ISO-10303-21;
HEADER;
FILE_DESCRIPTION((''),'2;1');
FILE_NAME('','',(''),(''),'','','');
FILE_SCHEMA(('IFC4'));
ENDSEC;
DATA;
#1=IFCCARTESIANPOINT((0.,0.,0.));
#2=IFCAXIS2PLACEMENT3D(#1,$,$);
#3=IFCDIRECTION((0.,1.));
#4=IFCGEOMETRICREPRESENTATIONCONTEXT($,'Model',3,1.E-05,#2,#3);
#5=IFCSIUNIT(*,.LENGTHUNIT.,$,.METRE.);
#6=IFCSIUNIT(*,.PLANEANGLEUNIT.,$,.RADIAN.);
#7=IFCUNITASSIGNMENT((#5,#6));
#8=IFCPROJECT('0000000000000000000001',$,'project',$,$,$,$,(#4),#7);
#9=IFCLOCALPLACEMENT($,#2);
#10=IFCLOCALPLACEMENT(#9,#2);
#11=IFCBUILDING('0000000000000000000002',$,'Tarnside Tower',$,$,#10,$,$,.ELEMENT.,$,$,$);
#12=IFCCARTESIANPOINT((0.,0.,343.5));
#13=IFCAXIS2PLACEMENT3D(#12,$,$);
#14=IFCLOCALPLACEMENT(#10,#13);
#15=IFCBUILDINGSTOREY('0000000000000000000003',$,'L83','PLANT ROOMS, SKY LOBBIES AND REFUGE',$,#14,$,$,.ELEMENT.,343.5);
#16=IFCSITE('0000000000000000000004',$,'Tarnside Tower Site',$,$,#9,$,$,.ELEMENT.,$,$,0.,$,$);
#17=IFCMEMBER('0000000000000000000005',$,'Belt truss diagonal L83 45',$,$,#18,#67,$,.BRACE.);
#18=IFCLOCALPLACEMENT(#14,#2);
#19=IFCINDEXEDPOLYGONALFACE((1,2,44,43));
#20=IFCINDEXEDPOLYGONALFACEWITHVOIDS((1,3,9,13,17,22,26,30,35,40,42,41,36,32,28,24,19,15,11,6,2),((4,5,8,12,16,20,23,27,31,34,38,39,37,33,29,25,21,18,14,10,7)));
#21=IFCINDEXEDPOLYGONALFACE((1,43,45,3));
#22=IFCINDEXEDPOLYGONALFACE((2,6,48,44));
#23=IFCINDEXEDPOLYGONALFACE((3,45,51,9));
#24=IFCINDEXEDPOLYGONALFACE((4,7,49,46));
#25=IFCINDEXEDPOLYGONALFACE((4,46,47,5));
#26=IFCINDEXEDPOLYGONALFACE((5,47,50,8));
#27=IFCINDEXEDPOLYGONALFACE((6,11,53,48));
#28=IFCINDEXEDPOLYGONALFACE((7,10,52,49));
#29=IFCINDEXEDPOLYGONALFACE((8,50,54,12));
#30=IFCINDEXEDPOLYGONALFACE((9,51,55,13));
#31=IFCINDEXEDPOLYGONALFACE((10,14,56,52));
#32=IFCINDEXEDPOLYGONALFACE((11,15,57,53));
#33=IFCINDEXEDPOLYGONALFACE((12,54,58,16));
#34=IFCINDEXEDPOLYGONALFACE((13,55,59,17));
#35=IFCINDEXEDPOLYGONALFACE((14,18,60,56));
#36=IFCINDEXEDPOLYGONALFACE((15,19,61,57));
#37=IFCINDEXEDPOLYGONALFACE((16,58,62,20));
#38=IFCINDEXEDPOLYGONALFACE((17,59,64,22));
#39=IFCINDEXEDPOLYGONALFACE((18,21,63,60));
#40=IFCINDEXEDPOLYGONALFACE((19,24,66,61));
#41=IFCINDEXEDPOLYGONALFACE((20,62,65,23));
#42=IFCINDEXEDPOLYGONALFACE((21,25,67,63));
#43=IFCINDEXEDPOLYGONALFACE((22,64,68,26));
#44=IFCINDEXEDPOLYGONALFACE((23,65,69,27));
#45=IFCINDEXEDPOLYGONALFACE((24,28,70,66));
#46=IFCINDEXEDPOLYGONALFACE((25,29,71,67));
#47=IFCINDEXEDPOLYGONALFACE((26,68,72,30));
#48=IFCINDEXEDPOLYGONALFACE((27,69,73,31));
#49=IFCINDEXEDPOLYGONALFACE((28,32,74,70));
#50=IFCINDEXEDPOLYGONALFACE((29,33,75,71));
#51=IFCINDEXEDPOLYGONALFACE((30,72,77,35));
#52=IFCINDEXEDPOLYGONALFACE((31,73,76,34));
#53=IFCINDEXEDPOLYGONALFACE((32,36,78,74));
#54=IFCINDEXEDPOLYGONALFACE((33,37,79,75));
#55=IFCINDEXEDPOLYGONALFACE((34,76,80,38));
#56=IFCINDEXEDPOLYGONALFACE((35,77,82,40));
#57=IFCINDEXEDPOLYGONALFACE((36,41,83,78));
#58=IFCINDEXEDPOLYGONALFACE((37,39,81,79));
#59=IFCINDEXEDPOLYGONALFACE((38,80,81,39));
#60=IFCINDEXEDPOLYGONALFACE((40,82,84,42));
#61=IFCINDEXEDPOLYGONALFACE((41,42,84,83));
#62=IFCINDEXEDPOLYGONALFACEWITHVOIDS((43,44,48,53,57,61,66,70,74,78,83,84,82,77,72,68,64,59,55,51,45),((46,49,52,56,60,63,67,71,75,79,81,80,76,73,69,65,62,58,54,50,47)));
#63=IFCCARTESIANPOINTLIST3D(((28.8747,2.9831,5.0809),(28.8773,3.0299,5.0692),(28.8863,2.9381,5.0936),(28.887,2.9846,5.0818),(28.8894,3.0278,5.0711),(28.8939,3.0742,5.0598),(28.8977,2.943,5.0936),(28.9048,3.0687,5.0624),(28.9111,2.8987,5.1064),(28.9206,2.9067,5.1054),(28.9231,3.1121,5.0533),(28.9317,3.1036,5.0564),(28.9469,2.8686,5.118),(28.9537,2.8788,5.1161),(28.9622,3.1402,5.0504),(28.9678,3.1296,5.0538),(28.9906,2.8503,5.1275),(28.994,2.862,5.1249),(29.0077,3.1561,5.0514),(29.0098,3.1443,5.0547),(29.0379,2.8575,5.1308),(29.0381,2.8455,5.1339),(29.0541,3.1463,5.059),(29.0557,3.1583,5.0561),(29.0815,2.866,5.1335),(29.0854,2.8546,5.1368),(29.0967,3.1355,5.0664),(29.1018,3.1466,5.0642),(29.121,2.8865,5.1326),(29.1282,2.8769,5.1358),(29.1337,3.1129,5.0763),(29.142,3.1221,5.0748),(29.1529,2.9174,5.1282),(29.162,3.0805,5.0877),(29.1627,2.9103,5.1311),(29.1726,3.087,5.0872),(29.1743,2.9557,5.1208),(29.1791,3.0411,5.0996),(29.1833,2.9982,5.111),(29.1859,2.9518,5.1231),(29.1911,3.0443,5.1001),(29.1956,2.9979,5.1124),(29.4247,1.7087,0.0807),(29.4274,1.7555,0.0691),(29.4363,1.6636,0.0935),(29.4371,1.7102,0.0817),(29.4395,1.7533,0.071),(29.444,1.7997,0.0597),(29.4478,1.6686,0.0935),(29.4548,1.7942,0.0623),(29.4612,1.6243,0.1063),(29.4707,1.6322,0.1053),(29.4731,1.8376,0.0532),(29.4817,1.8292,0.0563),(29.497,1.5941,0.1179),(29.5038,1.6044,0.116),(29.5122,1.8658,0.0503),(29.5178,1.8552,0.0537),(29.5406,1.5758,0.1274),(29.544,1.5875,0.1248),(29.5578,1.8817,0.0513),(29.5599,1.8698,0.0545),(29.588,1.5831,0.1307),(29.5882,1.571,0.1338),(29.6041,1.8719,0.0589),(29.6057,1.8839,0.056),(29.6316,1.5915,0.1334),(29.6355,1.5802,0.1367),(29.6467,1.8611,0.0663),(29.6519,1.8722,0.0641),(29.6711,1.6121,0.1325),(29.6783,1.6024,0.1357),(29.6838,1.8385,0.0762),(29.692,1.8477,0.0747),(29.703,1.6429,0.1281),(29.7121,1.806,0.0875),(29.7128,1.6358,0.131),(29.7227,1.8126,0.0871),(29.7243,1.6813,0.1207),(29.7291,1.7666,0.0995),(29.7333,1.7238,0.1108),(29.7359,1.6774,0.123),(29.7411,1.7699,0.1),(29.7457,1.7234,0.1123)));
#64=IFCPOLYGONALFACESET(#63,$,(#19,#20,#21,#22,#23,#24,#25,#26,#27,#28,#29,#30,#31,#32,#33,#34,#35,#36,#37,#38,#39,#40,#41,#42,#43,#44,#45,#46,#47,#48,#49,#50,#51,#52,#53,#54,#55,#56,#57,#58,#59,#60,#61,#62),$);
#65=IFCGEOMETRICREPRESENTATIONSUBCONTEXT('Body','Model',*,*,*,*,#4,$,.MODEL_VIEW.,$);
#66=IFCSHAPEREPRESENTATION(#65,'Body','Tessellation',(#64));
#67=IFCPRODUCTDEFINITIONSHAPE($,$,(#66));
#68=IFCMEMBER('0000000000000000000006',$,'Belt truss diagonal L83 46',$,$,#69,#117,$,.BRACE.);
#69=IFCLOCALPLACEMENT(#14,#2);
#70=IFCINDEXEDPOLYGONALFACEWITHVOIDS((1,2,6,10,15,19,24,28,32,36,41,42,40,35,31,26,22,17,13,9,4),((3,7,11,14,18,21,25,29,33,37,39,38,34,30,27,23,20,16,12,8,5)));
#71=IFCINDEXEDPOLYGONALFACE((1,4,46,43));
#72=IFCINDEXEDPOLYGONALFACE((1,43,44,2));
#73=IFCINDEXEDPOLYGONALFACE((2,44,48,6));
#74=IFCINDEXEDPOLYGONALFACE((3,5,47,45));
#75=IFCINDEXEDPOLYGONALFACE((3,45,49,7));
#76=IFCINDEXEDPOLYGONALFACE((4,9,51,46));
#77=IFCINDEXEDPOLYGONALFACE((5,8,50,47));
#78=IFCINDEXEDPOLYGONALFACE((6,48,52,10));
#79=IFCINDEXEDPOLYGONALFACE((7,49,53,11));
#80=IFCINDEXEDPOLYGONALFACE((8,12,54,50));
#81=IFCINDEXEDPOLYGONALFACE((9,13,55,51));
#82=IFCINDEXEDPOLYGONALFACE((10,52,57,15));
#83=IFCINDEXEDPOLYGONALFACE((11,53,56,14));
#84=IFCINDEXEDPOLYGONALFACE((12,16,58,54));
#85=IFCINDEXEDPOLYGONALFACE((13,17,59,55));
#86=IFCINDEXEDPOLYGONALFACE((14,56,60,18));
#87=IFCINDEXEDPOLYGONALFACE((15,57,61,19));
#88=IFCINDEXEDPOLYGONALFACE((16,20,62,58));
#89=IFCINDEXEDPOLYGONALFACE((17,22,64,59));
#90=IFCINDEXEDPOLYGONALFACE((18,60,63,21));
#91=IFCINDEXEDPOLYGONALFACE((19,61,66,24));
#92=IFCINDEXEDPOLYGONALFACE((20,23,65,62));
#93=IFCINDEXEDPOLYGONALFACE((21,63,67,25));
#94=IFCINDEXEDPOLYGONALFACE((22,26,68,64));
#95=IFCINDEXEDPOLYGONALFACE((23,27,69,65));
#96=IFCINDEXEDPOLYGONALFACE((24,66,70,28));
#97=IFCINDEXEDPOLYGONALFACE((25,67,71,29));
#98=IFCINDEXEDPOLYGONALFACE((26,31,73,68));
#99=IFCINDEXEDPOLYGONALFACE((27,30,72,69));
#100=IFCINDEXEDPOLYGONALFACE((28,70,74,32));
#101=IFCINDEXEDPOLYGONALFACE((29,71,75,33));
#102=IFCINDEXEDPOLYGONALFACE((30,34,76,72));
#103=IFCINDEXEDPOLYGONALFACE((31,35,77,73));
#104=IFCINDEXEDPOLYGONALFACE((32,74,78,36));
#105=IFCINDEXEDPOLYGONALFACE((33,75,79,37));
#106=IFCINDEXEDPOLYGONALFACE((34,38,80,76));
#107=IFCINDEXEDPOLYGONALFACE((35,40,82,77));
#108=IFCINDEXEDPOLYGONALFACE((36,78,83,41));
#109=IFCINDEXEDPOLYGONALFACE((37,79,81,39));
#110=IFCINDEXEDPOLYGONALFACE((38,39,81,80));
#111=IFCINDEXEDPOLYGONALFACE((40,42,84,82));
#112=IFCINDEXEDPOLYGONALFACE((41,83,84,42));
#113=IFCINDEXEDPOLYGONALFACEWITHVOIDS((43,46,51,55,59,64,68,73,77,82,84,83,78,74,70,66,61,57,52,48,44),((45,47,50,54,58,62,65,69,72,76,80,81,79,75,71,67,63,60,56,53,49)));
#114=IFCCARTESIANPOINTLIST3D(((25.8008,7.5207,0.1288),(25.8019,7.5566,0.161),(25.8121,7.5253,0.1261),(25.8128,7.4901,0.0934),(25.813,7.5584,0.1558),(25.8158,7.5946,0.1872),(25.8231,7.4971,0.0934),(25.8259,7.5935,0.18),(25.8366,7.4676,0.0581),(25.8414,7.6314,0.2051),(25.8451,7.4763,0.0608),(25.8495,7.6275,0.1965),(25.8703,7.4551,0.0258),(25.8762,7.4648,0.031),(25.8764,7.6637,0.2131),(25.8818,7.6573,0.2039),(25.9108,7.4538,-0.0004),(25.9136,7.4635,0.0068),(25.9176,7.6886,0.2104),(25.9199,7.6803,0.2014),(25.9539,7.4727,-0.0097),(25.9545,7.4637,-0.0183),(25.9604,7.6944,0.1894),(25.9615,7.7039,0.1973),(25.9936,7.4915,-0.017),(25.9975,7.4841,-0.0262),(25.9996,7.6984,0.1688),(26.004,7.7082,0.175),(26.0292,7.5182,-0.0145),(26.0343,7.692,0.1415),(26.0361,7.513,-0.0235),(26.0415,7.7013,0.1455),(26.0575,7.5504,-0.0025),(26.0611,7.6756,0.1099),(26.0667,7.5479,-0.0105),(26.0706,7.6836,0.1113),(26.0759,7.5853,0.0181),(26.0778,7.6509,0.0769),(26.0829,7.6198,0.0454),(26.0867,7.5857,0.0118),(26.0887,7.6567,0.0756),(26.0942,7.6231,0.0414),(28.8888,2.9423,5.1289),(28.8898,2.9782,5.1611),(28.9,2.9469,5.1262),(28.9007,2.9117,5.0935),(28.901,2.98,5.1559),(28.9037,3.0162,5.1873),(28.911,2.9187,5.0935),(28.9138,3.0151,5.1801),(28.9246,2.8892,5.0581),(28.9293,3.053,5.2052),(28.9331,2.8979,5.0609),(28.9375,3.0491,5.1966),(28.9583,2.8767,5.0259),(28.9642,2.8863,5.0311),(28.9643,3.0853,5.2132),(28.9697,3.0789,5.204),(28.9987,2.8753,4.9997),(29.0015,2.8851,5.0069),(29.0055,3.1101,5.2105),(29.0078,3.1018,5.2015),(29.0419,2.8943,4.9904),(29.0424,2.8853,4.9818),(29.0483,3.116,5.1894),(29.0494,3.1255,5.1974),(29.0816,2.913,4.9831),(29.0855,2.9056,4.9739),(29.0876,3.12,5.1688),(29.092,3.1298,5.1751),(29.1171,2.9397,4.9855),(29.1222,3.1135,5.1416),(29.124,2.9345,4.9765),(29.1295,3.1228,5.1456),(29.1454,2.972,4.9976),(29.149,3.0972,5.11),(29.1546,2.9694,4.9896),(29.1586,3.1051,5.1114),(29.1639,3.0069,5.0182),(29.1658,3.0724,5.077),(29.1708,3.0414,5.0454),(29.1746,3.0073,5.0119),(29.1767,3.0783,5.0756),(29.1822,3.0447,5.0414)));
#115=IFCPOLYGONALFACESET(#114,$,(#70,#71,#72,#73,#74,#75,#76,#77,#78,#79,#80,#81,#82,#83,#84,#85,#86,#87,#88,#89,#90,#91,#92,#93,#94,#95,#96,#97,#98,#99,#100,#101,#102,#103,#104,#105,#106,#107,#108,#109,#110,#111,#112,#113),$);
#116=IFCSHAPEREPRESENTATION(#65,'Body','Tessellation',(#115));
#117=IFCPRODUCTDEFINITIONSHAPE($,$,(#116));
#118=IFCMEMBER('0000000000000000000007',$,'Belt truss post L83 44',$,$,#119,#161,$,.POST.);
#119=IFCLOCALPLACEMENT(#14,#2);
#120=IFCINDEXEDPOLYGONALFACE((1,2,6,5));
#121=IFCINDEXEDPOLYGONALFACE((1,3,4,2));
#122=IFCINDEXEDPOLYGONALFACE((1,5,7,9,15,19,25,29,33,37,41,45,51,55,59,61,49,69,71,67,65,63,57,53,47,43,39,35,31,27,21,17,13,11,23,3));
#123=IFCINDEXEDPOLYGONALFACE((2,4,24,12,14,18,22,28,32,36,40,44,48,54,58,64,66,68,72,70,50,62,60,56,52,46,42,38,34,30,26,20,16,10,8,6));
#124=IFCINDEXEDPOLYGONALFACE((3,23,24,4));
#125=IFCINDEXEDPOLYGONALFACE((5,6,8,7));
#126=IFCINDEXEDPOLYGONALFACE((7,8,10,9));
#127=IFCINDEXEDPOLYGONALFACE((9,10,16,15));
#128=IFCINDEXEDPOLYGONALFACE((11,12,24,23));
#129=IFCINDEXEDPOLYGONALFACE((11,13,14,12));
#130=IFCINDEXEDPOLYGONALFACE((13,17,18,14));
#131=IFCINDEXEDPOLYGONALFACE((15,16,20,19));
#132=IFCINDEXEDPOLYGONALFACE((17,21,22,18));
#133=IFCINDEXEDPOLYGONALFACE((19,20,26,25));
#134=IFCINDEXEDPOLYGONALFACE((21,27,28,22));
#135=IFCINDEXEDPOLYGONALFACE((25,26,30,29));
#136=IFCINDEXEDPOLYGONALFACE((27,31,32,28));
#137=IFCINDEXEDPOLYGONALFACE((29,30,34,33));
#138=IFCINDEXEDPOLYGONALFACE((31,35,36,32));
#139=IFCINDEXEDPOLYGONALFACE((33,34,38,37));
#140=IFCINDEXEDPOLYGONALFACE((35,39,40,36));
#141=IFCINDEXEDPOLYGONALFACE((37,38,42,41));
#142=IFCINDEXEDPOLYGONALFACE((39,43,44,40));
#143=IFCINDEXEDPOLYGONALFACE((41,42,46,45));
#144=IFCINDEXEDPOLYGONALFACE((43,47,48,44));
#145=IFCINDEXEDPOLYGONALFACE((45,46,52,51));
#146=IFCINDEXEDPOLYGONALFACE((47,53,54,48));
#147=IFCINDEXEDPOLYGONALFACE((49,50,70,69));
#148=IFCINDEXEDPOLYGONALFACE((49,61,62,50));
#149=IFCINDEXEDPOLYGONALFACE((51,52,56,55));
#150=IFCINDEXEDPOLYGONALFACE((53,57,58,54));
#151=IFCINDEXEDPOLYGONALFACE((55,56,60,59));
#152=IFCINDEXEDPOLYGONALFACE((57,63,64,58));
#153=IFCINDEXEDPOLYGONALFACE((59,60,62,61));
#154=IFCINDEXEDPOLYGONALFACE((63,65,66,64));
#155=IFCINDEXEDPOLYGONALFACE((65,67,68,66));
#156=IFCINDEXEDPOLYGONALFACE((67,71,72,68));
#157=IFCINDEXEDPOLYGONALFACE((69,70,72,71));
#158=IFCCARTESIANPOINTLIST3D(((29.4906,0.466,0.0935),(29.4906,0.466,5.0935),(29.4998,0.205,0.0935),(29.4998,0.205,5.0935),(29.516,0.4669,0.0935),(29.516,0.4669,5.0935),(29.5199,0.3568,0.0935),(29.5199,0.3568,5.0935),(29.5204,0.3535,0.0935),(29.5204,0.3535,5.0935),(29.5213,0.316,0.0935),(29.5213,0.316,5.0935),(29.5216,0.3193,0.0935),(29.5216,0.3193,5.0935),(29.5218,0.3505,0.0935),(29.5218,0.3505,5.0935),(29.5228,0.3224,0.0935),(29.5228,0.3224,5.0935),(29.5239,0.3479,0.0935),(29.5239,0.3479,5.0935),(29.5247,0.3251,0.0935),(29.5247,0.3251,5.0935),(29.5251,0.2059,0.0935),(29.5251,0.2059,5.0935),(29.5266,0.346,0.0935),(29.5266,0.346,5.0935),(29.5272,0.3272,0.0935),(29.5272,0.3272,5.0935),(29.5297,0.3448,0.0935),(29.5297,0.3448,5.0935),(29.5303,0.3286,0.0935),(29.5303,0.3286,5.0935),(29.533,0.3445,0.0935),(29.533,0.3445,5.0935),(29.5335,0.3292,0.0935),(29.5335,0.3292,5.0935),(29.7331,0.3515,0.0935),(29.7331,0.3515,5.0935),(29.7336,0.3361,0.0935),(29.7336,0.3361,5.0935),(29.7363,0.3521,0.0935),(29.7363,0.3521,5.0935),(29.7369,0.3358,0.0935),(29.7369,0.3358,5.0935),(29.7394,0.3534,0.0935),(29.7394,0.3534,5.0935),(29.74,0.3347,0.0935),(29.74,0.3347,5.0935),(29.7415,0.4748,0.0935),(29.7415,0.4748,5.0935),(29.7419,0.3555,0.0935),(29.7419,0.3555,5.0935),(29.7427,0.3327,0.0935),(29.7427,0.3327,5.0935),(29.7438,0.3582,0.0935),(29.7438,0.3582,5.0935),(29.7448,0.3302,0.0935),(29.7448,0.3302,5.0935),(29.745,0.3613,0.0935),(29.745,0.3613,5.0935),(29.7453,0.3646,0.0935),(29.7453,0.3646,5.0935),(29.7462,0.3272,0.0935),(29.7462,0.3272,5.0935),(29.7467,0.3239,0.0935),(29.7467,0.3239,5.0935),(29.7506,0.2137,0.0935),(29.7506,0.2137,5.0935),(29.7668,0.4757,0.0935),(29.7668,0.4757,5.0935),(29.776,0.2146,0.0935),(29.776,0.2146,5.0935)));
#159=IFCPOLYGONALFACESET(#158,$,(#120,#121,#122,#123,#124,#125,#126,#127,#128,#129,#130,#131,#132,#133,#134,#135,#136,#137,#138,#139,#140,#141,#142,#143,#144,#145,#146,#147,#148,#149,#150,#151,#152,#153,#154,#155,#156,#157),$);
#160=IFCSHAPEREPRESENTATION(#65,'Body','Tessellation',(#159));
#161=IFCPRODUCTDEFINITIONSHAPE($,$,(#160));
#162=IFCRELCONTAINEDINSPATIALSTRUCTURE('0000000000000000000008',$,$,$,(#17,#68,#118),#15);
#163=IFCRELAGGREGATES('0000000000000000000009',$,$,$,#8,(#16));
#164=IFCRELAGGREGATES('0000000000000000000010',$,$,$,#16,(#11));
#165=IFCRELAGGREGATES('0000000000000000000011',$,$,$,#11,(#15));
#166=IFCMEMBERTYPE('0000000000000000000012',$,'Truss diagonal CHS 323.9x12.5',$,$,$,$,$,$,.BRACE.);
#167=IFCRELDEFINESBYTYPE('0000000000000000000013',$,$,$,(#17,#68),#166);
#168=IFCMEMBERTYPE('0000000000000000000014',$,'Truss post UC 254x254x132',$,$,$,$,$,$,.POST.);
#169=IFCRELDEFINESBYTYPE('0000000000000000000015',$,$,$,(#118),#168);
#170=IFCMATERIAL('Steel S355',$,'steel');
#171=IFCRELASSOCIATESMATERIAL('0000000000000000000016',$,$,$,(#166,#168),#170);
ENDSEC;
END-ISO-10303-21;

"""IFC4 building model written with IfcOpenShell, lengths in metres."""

from ifc_helpers import new_model, si_unit, direction, frame, origin, origin_2d, place, context, subcontext, project, spatial, hollow_circle, i_section, extrude, material, material_profile, profile_set, type_object, element, save


model = new_model("IFC4")

# Units and contexts
model_context = context("Model", 3, precision=1e-05, world=origin(), true_north=direction((0.0, 1.0)))
body_context = subcontext(model_context, "Body", "Model", "MODEL_VIEW")
ifc_project = project(units=[si_unit("LENGTHUNIT", "METRE"), si_unit("PLANEANGLEUNIT", "RADIAN")], contexts=[model_context])

# Site, building, storey
site_placement = place(None, origin())
site = spatial("IfcSite", under=ifc_project, at=site_placement, Name="Tarnside Tower Site", CompositionType="ELEMENT", RefElevation=0.0)
building_placement = place(site_placement, origin())
building = spatial("IfcBuilding", under=site, at=building_placement, Name="Tarnside Tower", CompositionType="ELEMENT")
storey_placement = place(building_placement, frame((0.0, 0.0, 343.5)))
storey = spatial("IfcBuildingStorey", under=building, at=storey_placement, Name="L83", Description="PLANT ROOMS, SKY LOBBIES AND REFUGE", CompositionType="ELEMENT", Elevation=343.5)

# Shared definitions
ifc_material_1 = material(Name="Steel S355", Category="steel")

# Members
ifc_material_profile_1 = material_profile(ifc_material_1, hollow_circle(Radius=0.1619, WallThickness=0.0125, at=origin_2d()), Name="CHS 323.9x12.5")
ifc_profile_set_1 = profile_set([ifc_material_profile_1], Name="Steel S355")
member_type_1 = type_object("IfcMemberType", Name="Truss diagonal CHS 323.9x12.5", PredefinedType="BRACE", material=ifc_profile_set_1)
for number, where, z_axis, x_axis, name in (
    (1, (29.585, 1.7278, 0.0935), (-0.106001, 0.245595, 0.96356), (-0.918132, -0.396274, 0.0), "Belt truss diagonal L83 45"),
):
    element("IfcMember", number, at=place(storey_placement, frame(where, z_axis=z_axis, x_axis=x_axis)), inside=storey, type_object=member_type_1, Name=name, PredefinedType="BRACE", context=body_context, shape_type="SweptSolid", body=[
        extrude(hollow_circle(Radius=0.1619, WallThickness=0.0125, at=origin_2d()), origin(), (0.0, 0.0, 1.0), 5.1892),
    ])
member_1_placement = place(storey_placement, frame((29.0349, 3.0022, 5.0935), z_axis=(-0.414504, 0.614579, -0.671177), x_axis=(-0.829059, -0.559161, 0.0)))
element("IfcMember", 2, at=member_1_placement, inside=storey, type_object=member_type_1, Name="Belt truss diagonal L83 46", PredefinedType="BRACE", context=body_context, shape_type="SweptSolid", body=[
    extrude(hollow_circle(Radius=0.1619, WallThickness=0.0125, at=origin_2d()), origin(), (0.0, 0.0, 1.0), 7.4497),
])
ifc_material_profile_2 = material_profile(ifc_material_1, i_section(OverallWidth=0.2612, OverallDepth=0.2764, WebThickness=0.0154, FlangeThickness=0.0254, FilletRadius=0.0127, at=origin_2d()), Name="UC 254x254x132")
ifc_profile_set_2 = profile_set([ifc_material_profile_2], Name="Steel S355")
member_type_2 = type_object("IfcMemberType", Name="Truss post UC 254x254x132", PredefinedType="POST", material=ifc_profile_set_2)
for number, where, z_axis, x_axis, name in (
    (3, (29.6333, 0.3403, 0.0935), (0.0, 0.0, 1.0), (-0.034899, 0.999391, 0.0), "Belt truss post L83 44"),
):
    element("IfcMember", number, at=place(storey_placement, frame(where, z_axis=z_axis, x_axis=x_axis)), inside=storey, type_object=member_type_2, Name=name, PredefinedType="POST", context=body_context, shape_type="SweptSolid", body=[
        extrude(i_section(OverallWidth=0.2612, OverallDepth=0.2764, WebThickness=0.0154, FlangeThickness=0.0254, FilletRadius=0.0127, at=origin_2d()), origin(), (0.0, 0.0, 1.0), 5.0),
    ])

save(model, "model.ifc")
